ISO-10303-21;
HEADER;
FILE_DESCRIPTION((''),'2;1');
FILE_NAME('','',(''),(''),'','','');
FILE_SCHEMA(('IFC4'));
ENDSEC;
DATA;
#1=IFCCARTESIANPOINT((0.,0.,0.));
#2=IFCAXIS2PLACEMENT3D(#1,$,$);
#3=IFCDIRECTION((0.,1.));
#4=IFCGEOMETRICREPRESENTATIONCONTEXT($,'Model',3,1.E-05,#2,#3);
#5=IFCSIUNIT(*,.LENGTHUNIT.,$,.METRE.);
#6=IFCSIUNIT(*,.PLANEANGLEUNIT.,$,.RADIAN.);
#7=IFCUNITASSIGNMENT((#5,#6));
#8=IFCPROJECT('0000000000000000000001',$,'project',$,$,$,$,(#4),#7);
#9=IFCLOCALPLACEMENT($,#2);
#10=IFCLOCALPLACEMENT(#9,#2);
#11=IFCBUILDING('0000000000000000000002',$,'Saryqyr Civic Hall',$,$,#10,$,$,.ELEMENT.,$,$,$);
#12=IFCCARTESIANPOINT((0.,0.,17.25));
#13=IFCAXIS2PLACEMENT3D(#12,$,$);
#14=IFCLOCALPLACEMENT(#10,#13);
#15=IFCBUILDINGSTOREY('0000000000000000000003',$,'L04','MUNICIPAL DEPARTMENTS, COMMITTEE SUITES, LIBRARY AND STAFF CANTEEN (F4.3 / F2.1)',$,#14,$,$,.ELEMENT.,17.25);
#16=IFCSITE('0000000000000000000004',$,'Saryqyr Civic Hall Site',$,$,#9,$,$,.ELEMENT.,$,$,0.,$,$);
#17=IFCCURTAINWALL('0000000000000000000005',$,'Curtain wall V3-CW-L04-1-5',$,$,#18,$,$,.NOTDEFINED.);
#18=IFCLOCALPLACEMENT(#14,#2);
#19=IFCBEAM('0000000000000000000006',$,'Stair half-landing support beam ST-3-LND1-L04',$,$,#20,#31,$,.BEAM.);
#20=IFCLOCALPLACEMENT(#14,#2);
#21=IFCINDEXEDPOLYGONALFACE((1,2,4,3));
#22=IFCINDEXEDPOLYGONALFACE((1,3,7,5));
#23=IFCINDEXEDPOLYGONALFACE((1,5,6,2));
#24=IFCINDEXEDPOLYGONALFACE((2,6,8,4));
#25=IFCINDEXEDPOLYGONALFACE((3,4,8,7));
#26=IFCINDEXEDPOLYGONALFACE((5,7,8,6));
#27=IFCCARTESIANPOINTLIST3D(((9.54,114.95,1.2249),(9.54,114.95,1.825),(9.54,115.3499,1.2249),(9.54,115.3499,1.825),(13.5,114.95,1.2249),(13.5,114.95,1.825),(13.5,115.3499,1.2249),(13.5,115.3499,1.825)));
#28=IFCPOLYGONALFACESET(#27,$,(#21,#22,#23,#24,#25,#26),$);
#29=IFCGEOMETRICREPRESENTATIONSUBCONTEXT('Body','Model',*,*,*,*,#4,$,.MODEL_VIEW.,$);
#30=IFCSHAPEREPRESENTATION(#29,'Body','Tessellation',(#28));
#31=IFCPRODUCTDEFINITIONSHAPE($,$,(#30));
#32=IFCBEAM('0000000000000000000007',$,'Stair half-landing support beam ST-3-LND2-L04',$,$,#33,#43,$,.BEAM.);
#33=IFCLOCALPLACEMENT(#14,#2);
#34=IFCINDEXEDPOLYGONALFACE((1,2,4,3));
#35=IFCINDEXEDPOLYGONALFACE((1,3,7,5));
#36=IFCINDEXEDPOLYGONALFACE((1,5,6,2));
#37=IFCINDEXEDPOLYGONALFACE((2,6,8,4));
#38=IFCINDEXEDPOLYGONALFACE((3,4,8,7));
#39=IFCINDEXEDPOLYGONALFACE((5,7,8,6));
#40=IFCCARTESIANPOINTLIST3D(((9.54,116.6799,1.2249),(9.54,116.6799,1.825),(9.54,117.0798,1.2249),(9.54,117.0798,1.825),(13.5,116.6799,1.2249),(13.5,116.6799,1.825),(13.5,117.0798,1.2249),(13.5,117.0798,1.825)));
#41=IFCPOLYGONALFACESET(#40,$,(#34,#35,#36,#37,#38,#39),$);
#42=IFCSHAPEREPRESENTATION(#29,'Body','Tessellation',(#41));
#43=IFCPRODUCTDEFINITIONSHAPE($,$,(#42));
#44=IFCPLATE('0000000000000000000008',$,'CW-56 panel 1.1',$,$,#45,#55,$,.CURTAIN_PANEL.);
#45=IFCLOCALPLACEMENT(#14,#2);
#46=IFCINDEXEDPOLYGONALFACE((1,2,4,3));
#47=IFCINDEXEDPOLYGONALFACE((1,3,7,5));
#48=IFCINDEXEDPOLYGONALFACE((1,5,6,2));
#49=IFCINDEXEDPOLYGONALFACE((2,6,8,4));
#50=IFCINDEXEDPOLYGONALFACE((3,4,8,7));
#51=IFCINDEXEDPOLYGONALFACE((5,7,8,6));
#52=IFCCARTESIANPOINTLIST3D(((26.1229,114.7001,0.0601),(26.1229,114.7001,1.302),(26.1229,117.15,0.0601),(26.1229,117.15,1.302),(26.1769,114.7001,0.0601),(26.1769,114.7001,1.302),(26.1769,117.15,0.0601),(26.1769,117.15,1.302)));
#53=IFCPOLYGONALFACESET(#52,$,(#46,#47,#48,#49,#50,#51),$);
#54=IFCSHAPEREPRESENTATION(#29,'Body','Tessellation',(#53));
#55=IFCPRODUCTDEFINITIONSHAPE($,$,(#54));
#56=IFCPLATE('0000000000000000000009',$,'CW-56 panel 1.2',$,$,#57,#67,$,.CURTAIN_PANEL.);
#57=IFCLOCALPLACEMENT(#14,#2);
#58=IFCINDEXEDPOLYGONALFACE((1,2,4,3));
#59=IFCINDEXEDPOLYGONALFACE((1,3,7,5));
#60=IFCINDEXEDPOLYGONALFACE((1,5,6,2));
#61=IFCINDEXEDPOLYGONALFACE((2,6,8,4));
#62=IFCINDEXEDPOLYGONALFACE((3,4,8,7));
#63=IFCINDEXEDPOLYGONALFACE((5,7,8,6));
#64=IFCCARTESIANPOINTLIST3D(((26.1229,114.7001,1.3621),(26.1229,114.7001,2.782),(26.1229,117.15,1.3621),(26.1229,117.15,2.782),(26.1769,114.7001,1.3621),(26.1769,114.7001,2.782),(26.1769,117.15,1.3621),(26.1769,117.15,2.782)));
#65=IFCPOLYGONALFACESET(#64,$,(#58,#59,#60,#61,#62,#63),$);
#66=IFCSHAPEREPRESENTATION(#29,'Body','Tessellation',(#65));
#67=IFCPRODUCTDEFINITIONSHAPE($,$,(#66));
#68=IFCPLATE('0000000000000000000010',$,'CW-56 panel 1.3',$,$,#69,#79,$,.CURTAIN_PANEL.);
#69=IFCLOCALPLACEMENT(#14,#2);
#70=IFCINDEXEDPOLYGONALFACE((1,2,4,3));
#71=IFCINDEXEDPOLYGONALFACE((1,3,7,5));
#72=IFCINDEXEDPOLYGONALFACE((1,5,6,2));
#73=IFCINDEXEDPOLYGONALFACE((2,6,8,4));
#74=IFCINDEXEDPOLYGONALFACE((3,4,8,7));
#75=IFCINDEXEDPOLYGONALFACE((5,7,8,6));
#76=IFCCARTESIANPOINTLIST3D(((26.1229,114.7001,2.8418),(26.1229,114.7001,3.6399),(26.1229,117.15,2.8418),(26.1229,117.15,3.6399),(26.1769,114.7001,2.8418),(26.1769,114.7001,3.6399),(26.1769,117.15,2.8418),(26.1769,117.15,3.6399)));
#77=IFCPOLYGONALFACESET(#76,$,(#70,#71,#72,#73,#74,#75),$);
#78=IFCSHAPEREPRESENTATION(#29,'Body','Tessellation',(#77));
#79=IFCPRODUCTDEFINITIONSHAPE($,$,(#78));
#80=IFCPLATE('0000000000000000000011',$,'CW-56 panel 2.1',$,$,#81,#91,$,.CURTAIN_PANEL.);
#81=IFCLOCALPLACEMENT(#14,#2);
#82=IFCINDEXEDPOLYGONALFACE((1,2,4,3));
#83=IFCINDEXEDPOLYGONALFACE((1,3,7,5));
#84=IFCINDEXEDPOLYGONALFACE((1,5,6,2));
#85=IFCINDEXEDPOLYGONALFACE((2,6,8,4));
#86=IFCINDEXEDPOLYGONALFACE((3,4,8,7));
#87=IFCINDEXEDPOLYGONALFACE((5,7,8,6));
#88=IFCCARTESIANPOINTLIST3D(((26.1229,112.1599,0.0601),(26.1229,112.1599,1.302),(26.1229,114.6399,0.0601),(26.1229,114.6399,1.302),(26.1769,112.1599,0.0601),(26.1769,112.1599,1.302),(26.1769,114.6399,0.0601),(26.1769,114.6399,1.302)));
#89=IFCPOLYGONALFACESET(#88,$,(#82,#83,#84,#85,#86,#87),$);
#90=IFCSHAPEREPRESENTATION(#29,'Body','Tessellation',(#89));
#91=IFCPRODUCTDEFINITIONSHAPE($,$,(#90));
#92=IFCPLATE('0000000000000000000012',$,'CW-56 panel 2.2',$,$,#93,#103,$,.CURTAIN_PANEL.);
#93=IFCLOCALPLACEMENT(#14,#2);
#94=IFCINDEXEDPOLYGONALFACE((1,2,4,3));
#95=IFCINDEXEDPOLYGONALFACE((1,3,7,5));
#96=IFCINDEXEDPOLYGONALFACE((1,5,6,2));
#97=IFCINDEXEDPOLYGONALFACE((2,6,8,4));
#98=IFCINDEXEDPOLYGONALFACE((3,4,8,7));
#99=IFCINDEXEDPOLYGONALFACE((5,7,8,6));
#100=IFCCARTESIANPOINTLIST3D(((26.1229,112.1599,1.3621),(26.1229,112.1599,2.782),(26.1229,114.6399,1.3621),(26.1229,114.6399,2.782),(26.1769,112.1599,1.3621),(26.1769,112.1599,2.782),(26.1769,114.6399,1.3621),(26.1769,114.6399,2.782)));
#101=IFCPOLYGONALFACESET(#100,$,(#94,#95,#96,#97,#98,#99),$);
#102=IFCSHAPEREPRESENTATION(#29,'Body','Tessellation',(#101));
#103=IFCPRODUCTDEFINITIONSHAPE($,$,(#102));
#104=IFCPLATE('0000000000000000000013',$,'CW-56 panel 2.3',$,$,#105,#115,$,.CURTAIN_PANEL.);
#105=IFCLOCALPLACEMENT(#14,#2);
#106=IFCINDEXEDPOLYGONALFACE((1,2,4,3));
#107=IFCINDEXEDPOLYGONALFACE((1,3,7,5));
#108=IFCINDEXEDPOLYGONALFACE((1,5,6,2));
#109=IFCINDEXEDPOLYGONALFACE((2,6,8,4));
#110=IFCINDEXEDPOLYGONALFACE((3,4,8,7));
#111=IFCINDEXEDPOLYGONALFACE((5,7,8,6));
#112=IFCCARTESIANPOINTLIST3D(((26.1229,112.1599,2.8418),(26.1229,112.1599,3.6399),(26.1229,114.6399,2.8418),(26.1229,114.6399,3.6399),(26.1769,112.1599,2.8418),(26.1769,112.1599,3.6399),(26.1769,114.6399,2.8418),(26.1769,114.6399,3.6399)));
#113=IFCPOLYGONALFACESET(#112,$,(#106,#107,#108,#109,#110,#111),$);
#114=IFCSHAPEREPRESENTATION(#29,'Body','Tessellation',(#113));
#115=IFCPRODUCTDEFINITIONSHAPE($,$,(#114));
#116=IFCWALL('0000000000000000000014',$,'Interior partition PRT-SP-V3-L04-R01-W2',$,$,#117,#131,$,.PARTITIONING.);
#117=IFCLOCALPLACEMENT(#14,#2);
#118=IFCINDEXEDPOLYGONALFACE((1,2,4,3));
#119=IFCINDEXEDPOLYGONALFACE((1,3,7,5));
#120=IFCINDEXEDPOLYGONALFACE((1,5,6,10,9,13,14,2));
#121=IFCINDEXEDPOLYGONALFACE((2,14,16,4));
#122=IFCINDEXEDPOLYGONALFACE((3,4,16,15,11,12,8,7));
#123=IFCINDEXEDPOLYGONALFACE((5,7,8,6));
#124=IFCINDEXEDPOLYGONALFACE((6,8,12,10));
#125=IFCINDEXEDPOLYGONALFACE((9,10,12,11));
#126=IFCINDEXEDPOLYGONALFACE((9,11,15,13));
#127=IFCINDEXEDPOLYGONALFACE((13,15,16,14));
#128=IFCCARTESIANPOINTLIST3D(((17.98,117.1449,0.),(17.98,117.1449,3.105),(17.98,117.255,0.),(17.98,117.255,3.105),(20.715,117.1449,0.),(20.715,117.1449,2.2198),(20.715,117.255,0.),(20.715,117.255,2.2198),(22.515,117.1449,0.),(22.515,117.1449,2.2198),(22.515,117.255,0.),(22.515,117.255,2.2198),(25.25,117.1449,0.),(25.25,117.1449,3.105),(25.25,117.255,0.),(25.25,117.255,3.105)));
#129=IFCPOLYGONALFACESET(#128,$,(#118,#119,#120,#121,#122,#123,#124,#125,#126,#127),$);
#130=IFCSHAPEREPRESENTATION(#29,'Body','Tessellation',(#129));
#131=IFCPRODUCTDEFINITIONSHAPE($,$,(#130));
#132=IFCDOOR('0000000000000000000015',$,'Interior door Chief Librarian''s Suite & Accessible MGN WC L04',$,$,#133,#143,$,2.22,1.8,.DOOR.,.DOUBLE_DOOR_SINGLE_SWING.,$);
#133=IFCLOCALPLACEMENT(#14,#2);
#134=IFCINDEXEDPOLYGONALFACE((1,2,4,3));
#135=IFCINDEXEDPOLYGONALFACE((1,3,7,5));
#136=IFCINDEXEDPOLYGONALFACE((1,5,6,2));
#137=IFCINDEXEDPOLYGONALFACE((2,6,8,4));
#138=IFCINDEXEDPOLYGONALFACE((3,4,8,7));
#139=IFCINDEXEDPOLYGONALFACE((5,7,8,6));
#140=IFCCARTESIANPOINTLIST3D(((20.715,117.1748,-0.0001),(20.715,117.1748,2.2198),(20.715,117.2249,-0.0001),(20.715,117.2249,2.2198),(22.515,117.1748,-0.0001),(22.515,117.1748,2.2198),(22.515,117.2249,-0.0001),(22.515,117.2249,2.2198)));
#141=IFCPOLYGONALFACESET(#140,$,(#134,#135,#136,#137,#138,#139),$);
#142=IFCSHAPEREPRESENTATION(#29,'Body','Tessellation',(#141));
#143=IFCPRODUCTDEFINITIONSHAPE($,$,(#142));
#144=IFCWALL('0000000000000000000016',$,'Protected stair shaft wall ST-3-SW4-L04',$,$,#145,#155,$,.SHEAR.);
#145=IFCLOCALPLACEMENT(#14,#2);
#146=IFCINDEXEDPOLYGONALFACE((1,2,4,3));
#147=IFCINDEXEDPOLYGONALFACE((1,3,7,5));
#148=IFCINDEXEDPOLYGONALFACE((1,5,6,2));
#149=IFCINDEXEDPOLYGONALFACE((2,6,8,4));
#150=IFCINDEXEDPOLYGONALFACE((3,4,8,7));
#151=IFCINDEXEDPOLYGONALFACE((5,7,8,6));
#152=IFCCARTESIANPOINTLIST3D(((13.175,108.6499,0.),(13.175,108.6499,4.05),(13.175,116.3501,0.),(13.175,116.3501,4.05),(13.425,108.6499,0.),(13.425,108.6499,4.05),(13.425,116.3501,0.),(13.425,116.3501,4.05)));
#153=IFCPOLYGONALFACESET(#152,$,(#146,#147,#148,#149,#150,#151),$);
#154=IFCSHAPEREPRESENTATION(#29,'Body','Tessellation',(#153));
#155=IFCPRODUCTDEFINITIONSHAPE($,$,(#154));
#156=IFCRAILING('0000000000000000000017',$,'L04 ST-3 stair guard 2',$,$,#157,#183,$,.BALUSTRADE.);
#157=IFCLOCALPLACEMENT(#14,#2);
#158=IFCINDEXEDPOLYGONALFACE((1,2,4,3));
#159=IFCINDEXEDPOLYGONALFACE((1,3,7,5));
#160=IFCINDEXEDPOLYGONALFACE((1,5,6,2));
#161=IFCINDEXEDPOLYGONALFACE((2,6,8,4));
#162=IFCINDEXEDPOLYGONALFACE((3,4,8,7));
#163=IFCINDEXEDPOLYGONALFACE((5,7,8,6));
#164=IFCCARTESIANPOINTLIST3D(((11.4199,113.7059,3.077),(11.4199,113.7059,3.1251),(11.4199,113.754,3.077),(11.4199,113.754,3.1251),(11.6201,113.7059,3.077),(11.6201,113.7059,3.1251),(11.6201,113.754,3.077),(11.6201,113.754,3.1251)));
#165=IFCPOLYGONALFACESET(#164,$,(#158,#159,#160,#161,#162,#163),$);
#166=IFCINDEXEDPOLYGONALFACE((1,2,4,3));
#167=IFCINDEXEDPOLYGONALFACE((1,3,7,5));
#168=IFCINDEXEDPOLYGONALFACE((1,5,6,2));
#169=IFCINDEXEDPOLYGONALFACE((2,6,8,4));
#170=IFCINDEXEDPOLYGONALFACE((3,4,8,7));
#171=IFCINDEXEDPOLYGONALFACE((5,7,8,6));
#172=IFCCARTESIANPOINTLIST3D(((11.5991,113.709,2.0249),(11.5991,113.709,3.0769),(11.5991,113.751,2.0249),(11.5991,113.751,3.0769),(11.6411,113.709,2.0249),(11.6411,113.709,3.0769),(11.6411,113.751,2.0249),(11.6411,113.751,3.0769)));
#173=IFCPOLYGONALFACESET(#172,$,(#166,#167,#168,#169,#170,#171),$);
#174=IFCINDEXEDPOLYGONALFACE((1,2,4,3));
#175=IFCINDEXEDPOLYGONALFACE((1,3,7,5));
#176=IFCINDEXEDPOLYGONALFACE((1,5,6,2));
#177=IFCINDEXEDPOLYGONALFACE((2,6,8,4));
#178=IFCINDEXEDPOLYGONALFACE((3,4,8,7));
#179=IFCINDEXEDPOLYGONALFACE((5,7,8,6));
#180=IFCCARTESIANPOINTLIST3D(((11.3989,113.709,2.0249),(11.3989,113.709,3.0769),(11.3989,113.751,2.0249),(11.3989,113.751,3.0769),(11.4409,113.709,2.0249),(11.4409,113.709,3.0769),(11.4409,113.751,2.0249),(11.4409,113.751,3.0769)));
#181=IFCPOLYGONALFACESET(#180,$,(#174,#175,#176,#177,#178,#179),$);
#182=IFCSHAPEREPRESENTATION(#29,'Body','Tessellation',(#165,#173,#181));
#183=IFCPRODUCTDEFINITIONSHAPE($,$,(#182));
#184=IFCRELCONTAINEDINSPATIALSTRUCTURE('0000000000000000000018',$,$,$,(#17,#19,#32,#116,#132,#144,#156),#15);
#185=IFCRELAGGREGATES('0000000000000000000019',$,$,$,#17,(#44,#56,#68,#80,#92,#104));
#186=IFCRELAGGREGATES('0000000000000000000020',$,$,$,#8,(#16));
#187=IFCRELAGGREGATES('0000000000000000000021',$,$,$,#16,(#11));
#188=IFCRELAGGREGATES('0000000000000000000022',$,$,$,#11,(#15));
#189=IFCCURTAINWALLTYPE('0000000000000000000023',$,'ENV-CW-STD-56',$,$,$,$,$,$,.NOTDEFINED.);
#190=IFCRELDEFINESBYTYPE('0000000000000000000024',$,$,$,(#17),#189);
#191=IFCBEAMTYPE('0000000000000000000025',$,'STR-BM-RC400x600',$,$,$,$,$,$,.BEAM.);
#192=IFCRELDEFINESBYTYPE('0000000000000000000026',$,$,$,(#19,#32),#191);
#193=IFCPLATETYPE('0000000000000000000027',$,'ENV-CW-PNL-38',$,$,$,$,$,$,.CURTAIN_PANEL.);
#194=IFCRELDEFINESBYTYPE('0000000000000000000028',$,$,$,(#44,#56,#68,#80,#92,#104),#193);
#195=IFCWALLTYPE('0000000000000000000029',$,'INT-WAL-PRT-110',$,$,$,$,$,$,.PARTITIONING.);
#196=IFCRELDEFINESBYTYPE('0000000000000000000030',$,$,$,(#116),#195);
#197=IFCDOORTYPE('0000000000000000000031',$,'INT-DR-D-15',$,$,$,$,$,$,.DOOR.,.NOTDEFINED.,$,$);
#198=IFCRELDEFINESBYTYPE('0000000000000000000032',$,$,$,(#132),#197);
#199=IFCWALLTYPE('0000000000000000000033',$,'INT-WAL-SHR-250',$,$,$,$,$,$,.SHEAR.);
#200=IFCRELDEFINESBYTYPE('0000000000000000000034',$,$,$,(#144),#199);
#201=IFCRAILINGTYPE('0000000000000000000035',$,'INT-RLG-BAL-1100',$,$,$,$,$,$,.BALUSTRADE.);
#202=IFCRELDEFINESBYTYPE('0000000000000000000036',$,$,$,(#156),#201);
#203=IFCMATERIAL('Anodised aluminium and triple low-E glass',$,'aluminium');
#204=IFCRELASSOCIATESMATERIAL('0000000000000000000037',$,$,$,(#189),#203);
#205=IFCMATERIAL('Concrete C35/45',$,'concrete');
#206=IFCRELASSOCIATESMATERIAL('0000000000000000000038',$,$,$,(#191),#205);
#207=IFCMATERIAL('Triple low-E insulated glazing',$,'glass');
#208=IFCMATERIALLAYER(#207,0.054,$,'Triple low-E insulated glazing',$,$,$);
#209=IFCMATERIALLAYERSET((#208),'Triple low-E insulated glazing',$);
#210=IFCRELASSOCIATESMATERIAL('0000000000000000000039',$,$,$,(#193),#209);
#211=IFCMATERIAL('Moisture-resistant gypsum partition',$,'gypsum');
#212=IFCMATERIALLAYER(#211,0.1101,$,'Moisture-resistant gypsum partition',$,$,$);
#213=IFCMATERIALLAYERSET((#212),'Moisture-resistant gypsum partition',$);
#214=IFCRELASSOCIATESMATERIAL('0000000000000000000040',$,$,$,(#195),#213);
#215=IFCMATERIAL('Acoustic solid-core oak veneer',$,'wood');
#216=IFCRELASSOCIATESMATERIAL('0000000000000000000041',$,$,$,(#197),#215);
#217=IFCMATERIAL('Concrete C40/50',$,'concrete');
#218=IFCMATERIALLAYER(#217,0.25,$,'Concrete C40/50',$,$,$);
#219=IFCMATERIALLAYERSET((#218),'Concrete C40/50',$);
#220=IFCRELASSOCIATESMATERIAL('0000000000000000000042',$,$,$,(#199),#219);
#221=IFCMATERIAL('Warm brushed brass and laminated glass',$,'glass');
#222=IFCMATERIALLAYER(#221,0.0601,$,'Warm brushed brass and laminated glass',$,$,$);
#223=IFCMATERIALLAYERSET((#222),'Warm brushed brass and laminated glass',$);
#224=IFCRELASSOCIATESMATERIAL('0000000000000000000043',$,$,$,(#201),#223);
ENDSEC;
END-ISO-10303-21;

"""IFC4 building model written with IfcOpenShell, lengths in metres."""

from ifc_helpers import new_model, si_unit, direction, frame, frame_2d, origin, origin_2d, place, context, subcontext, project, spatial, rectangle, extrude, material, layer, layer_set, material_profile, profile_set, type_object, element, fill, aggregate, save


model = new_model("IFC4")

# Units and contexts
model_context = context("Model", 3, precision=1e-05, world=origin(), true_north=direction((0.0, 1.0)))
body_context = subcontext(model_context, "Body", "Model", "MODEL_VIEW")
ifc_project = project(units=[si_unit("LENGTHUNIT", "METRE"), si_unit("PLANEANGLEUNIT", "RADIAN")], contexts=[model_context])

# Site, building, storey
site_placement = place(None, origin())
site = spatial("IfcSite", under=ifc_project, at=site_placement, Name="Saryqyr Civic Hall Site", CompositionType="ELEMENT", RefElevation=0.0)
building_placement = place(site_placement, origin())
building = spatial("IfcBuilding", under=site, at=building_placement, Name="Saryqyr Civic Hall", CompositionType="ELEMENT")
storey_placement = place(building_placement, frame((0.0, 0.0, 17.25)))
storey = spatial("IfcBuildingStorey", under=building, at=storey_placement, Name="L04", Description="MUNICIPAL DEPARTMENTS, COMMITTEE SUITES, LIBRARY AND STAFF CANTEEN (F4.3 / F2.1)", CompositionType="ELEMENT", Elevation=17.25)

# Shared definitions
ifc_material_1 = material(Name="Concrete C40/50", Category="concrete")

# Curtain wall
ifc_material_2 = material(Name="Anodised aluminium and triple low-E glass", Category="aluminium")
curtain_wall_type = type_object("IfcCurtainWallType", Name="ENV-CW-STD-56", PredefinedType="NOTDEFINED", material=ifc_material_2)
curtain_wall_placement = place(storey_placement, origin())
curtain_wall = element("IfcCurtainWall", 1, at=curtain_wall_placement, inside=storey, type_object=curtain_wall_type, Name="Curtain wall V3-CW-L04-1-5", PredefinedType="NOTDEFINED")

# Beams
ifc_material_3 = material(Name="Concrete C35/45", Category="concrete")
ifc_material_profile_1 = material_profile(ifc_material_3, rectangle(XDim=0.3999, YDim=0.6001, at=origin_2d()), Name="RC 400x600")
ifc_profile_set_1 = profile_set([ifc_material_profile_1], Name="Concrete C35/45")
beam_type = type_object("IfcBeamType", Name="STR-BM-RC400x600", PredefinedType="BEAM", material=ifc_profile_set_1)
for number, where, z_axis, x_axis, name in (
    (2, (13.5, 115.1499, 1.5249), (-1.0, 0.0, 0.0), (0.0, -1.0, 0.0), "Stair half-landing support beam ST-3-LND1-L04"),
    (3, (13.5, 116.8799, 1.5249), (-1.0, 0.0, 0.0), (0.0, -1.0, 0.0), "Stair half-landing support beam ST-3-LND2-L04"),
):
    element("IfcBeam", number, at=place(storey_placement, frame(where, z_axis=z_axis, x_axis=x_axis)), inside=storey, type_object=beam_type, Name=name, PredefinedType="BEAM", context=body_context, shape_type="SweptSolid", body=[
        extrude(rectangle(XDim=0.3999, YDim=0.6001, at=origin_2d()), origin(), (0.0, 0.0, 1.0), 3.96),
    ])

# Plates
ifc_material_4 = material(Name="Triple low-E insulated glazing", Category="glass")
ifc_layer_1 = layer(ifc_material_4, 0.054, Name="Triple low-E insulated glazing")
ifc_layer_set_1 = layer_set([ifc_layer_1], Name="Triple low-E insulated glazing")
plate_type = type_object("IfcPlateType", Name="ENV-CW-PNL-38", PredefinedType="CURTAIN_PANEL", material=ifc_layer_set_1)
plate_1_placement = place(storey_placement, frame((26.1499, 115.925, 0.0601), z_axis=(0.0, 0.0, 1.0), x_axis=(0.0, -1.0, 0.0)))
plate_1 = element("IfcPlate", 4, at=plate_1_placement, type_object=plate_type, Name="CW-56 panel 1.1", PredefinedType="CURTAIN_PANEL", context=body_context, shape_type="SweptSolid", body=[
    extrude(rectangle(XDim=2.45, YDim=0.054, at=origin_2d()), origin(), (0.0, 0.0, 1.0), 1.2419),
])
plate_2_placement = place(storey_placement, frame((26.1499, 115.925, 1.3621), z_axis=(0.0, 0.0, 1.0), x_axis=(0.0, -1.0, 0.0)))
plate_2 = element("IfcPlate", 5, at=plate_2_placement, type_object=plate_type, Name="CW-56 panel 1.2", PredefinedType="CURTAIN_PANEL", context=body_context, shape_type="SweptSolid", body=[
    extrude(rectangle(XDim=2.45, YDim=0.054, at=origin_2d()), origin(), (0.0, 0.0, 1.0), 1.4199),
])
plate_3_placement = place(storey_placement, frame((26.1499, 115.925, 2.8418), z_axis=(0.0, 0.0, 1.0), x_axis=(0.0, -1.0, 0.0)))
plate_3 = element("IfcPlate", 6, at=plate_3_placement, type_object=plate_type, Name="CW-56 panel 1.3", PredefinedType="CURTAIN_PANEL", context=body_context, shape_type="SweptSolid", body=[
    extrude(rectangle(XDim=2.45, YDim=0.054, at=origin_2d()), origin(), (0.0, 0.0, 1.0), 0.7981),
])
plate_4_placement = place(storey_placement, frame((26.1499, 113.3999, 0.0601), z_axis=(0.0, 0.0, 1.0), x_axis=(0.0, -1.0, 0.0)))
plate_4 = element("IfcPlate", 7, at=plate_4_placement, type_object=plate_type, Name="CW-56 panel 2.1", PredefinedType="CURTAIN_PANEL", context=body_context, shape_type="SweptSolid", body=[
    extrude(rectangle(XDim=2.48, YDim=0.054, at=origin_2d()), origin(), (0.0, 0.0, 1.0), 1.2419),
])
plate_5_placement = place(storey_placement, frame((26.1499, 113.3999, 1.3621), z_axis=(0.0, 0.0, 1.0), x_axis=(0.0, -1.0, 0.0)))
plate_5 = element("IfcPlate", 8, at=plate_5_placement, type_object=plate_type, Name="CW-56 panel 2.2", PredefinedType="CURTAIN_PANEL", context=body_context, shape_type="SweptSolid", body=[
    extrude(rectangle(XDim=2.48, YDim=0.054, at=origin_2d()), origin(), (0.0, 0.0, 1.0), 1.4199),
])
plate_6_placement = place(storey_placement, frame((26.1499, 113.3999, 2.8418), z_axis=(0.0, 0.0, 1.0), x_axis=(0.0, -1.0, 0.0)))
plate_6 = element("IfcPlate", 9, at=plate_6_placement, type_object=plate_type, Name="CW-56 panel 2.3", PredefinedType="CURTAIN_PANEL", context=body_context, shape_type="SweptSolid", body=[
    extrude(rectangle(XDim=2.48, YDim=0.054, at=origin_2d()), origin(), (0.0, 0.0, 1.0), 0.7981),
])
aggregate(curtain_wall, [plate_1, plate_2, plate_3, plate_4, plate_5, plate_6])

# Wall, opening, door
ifc_material_5 = material(Name="Moisture-resistant gypsum partition", Category="gypsum")
ifc_layer_2 = layer(ifc_material_5, 0.1101, Name="Moisture-resistant gypsum partition")
ifc_layer_set_2 = layer_set([ifc_layer_2], Name="Moisture-resistant gypsum partition")
wall_type_1 = type_object("IfcWallType", Name="INT-WAL-PRT-110", PredefinedType="PARTITIONING", material=ifc_layer_set_2)
wall_1_placement = place(storey_placement, frame((17.98, 117.2, 0.0), z_axis=(0.0, 0.0, 1.0), x_axis=(1.0, 0.0, 0.0)))
wall_1 = element("IfcWall", 10, at=wall_1_placement, inside=storey, type_object=wall_type_1, Name="Interior partition PRT-SP-V3-L04-R01-W2", PredefinedType="PARTITIONING", context=body_context, shape_type="SweptSolid", body=[
    extrude(rectangle(XDim=7.27, YDim=0.1101, at=frame_2d((3.635, 0.0))), origin(), (0.0, 0.0, 1.0), 3.105),
])
opening_placement = place(wall_1_placement, frame((2.7351, 0.0, 0.0)))
opening = element("IfcOpeningElement", 11, at=opening_placement, cuts=wall_1, PredefinedType="OPENING", context=body_context, shape_type="SweptSolid", body=[
    extrude(rectangle(XDim=1.8, YDim=2.22, at=frame_2d((0.8999, 1.1099))), frame((0.0, 0.0649, 0.0), z_axis=(0.0, -1.0, 0.0), x_axis=(1.0, 0.0, 0.0)), (0.0, 0.0, 1.0), 0.1301),
])
ifc_material_6 = material(Name="Acoustic solid-core oak veneer", Category="wood")
door_type = type_object("IfcDoorType", Name="INT-DR-D-15", OperationType="NOTDEFINED", PredefinedType="DOOR", material=ifc_material_6)
door_placement = place(opening_placement, origin())
door = element("IfcDoor", 12, at=door_placement, inside=storey, type_object=door_type, Name="Interior door Chief Librarian's Suite & Accessible MGN WC L04", OperationType="DOUBLE_DOOR_SINGLE_SWING", OverallHeight=2.22, OverallWidth=1.8, PredefinedType="DOOR", context=body_context, shape_type="SweptSolid", body=[
    extrude(rectangle(XDim=1.8, YDim=2.22, at=frame_2d((0.8999, 1.1099))), frame((0.0, 0.0249, 0.0), z_axis=(0.0, -1.0, 0.0), x_axis=(1.0, 0.0, 0.0)), (0.0, 0.0, 1.0), 0.05),
])
fill(opening, door)

# Wall
ifc_layer_3 = layer(ifc_material_1, 0.25, Name="Concrete C40/50")
ifc_layer_set_3 = layer_set([ifc_layer_3], Name="Concrete C40/50")
wall_type_2 = type_object("IfcWallType", Name="INT-WAL-SHR-250", PredefinedType="SHEAR", material=ifc_layer_set_3)
wall_2_placement = place(storey_placement, frame((13.3, 116.3501, 0.0), z_axis=(0.0, 0.0, 1.0), x_axis=(0.0, -1.0, 0.0)))
element("IfcWall", 13, at=wall_2_placement, inside=storey, type_object=wall_type_2, Name="Protected stair shaft wall ST-3-SW4-L04", PredefinedType="SHEAR", context=body_context, shape_type="SweptSolid", body=[
    extrude(rectangle(XDim=7.7002, YDim=0.25, at=frame_2d((3.8501, 0.0))), origin(), (0.0, 0.0, 1.0), 4.05),
])

# Railing
ifc_material_7 = material(Name="Warm brushed brass and laminated glass", Category="glass")
ifc_layer_4 = layer(ifc_material_7, 0.0601, Name="Warm brushed brass and laminated glass")
ifc_layer_set_4 = layer_set([ifc_layer_4], Name="Warm brushed brass and laminated glass")
railing_type = type_object("IfcRailingType", Name="INT-RLG-BAL-1100", PredefinedType="BALUSTRADE", material=ifc_layer_set_4)
railing_placement = place(storey_placement, frame((11.6201, 113.73, 2.0249)))
element("IfcRailing", 14, at=railing_placement, inside=storey, type_object=railing_type, Name="L04 ST-3 stair guard 2", PredefinedType="BALUSTRADE", context=body_context, shape_type="SweptSolid", body=[
    extrude(rectangle(XDim=0.0481, YDim=0.0481, at=origin_2d()), frame((0.0, 0.0, 1.0762), z_axis=(-1.0, 0.0, 0.0), x_axis=(0.0, -1.0, 0.0)), (0.0, 0.0, 1.0), 0.2002),
    extrude(rectangle(XDim=0.042, YDim=0.042, at=origin_2d()), origin(), (0.0, 0.0, 1.0), 1.052),
    extrude(rectangle(XDim=0.042, YDim=0.042, at=origin_2d()), frame((-0.2002, 0.0, 0.0)), (0.0, 0.0, 1.0), 1.052),
])

save(model, "model.ifc")
